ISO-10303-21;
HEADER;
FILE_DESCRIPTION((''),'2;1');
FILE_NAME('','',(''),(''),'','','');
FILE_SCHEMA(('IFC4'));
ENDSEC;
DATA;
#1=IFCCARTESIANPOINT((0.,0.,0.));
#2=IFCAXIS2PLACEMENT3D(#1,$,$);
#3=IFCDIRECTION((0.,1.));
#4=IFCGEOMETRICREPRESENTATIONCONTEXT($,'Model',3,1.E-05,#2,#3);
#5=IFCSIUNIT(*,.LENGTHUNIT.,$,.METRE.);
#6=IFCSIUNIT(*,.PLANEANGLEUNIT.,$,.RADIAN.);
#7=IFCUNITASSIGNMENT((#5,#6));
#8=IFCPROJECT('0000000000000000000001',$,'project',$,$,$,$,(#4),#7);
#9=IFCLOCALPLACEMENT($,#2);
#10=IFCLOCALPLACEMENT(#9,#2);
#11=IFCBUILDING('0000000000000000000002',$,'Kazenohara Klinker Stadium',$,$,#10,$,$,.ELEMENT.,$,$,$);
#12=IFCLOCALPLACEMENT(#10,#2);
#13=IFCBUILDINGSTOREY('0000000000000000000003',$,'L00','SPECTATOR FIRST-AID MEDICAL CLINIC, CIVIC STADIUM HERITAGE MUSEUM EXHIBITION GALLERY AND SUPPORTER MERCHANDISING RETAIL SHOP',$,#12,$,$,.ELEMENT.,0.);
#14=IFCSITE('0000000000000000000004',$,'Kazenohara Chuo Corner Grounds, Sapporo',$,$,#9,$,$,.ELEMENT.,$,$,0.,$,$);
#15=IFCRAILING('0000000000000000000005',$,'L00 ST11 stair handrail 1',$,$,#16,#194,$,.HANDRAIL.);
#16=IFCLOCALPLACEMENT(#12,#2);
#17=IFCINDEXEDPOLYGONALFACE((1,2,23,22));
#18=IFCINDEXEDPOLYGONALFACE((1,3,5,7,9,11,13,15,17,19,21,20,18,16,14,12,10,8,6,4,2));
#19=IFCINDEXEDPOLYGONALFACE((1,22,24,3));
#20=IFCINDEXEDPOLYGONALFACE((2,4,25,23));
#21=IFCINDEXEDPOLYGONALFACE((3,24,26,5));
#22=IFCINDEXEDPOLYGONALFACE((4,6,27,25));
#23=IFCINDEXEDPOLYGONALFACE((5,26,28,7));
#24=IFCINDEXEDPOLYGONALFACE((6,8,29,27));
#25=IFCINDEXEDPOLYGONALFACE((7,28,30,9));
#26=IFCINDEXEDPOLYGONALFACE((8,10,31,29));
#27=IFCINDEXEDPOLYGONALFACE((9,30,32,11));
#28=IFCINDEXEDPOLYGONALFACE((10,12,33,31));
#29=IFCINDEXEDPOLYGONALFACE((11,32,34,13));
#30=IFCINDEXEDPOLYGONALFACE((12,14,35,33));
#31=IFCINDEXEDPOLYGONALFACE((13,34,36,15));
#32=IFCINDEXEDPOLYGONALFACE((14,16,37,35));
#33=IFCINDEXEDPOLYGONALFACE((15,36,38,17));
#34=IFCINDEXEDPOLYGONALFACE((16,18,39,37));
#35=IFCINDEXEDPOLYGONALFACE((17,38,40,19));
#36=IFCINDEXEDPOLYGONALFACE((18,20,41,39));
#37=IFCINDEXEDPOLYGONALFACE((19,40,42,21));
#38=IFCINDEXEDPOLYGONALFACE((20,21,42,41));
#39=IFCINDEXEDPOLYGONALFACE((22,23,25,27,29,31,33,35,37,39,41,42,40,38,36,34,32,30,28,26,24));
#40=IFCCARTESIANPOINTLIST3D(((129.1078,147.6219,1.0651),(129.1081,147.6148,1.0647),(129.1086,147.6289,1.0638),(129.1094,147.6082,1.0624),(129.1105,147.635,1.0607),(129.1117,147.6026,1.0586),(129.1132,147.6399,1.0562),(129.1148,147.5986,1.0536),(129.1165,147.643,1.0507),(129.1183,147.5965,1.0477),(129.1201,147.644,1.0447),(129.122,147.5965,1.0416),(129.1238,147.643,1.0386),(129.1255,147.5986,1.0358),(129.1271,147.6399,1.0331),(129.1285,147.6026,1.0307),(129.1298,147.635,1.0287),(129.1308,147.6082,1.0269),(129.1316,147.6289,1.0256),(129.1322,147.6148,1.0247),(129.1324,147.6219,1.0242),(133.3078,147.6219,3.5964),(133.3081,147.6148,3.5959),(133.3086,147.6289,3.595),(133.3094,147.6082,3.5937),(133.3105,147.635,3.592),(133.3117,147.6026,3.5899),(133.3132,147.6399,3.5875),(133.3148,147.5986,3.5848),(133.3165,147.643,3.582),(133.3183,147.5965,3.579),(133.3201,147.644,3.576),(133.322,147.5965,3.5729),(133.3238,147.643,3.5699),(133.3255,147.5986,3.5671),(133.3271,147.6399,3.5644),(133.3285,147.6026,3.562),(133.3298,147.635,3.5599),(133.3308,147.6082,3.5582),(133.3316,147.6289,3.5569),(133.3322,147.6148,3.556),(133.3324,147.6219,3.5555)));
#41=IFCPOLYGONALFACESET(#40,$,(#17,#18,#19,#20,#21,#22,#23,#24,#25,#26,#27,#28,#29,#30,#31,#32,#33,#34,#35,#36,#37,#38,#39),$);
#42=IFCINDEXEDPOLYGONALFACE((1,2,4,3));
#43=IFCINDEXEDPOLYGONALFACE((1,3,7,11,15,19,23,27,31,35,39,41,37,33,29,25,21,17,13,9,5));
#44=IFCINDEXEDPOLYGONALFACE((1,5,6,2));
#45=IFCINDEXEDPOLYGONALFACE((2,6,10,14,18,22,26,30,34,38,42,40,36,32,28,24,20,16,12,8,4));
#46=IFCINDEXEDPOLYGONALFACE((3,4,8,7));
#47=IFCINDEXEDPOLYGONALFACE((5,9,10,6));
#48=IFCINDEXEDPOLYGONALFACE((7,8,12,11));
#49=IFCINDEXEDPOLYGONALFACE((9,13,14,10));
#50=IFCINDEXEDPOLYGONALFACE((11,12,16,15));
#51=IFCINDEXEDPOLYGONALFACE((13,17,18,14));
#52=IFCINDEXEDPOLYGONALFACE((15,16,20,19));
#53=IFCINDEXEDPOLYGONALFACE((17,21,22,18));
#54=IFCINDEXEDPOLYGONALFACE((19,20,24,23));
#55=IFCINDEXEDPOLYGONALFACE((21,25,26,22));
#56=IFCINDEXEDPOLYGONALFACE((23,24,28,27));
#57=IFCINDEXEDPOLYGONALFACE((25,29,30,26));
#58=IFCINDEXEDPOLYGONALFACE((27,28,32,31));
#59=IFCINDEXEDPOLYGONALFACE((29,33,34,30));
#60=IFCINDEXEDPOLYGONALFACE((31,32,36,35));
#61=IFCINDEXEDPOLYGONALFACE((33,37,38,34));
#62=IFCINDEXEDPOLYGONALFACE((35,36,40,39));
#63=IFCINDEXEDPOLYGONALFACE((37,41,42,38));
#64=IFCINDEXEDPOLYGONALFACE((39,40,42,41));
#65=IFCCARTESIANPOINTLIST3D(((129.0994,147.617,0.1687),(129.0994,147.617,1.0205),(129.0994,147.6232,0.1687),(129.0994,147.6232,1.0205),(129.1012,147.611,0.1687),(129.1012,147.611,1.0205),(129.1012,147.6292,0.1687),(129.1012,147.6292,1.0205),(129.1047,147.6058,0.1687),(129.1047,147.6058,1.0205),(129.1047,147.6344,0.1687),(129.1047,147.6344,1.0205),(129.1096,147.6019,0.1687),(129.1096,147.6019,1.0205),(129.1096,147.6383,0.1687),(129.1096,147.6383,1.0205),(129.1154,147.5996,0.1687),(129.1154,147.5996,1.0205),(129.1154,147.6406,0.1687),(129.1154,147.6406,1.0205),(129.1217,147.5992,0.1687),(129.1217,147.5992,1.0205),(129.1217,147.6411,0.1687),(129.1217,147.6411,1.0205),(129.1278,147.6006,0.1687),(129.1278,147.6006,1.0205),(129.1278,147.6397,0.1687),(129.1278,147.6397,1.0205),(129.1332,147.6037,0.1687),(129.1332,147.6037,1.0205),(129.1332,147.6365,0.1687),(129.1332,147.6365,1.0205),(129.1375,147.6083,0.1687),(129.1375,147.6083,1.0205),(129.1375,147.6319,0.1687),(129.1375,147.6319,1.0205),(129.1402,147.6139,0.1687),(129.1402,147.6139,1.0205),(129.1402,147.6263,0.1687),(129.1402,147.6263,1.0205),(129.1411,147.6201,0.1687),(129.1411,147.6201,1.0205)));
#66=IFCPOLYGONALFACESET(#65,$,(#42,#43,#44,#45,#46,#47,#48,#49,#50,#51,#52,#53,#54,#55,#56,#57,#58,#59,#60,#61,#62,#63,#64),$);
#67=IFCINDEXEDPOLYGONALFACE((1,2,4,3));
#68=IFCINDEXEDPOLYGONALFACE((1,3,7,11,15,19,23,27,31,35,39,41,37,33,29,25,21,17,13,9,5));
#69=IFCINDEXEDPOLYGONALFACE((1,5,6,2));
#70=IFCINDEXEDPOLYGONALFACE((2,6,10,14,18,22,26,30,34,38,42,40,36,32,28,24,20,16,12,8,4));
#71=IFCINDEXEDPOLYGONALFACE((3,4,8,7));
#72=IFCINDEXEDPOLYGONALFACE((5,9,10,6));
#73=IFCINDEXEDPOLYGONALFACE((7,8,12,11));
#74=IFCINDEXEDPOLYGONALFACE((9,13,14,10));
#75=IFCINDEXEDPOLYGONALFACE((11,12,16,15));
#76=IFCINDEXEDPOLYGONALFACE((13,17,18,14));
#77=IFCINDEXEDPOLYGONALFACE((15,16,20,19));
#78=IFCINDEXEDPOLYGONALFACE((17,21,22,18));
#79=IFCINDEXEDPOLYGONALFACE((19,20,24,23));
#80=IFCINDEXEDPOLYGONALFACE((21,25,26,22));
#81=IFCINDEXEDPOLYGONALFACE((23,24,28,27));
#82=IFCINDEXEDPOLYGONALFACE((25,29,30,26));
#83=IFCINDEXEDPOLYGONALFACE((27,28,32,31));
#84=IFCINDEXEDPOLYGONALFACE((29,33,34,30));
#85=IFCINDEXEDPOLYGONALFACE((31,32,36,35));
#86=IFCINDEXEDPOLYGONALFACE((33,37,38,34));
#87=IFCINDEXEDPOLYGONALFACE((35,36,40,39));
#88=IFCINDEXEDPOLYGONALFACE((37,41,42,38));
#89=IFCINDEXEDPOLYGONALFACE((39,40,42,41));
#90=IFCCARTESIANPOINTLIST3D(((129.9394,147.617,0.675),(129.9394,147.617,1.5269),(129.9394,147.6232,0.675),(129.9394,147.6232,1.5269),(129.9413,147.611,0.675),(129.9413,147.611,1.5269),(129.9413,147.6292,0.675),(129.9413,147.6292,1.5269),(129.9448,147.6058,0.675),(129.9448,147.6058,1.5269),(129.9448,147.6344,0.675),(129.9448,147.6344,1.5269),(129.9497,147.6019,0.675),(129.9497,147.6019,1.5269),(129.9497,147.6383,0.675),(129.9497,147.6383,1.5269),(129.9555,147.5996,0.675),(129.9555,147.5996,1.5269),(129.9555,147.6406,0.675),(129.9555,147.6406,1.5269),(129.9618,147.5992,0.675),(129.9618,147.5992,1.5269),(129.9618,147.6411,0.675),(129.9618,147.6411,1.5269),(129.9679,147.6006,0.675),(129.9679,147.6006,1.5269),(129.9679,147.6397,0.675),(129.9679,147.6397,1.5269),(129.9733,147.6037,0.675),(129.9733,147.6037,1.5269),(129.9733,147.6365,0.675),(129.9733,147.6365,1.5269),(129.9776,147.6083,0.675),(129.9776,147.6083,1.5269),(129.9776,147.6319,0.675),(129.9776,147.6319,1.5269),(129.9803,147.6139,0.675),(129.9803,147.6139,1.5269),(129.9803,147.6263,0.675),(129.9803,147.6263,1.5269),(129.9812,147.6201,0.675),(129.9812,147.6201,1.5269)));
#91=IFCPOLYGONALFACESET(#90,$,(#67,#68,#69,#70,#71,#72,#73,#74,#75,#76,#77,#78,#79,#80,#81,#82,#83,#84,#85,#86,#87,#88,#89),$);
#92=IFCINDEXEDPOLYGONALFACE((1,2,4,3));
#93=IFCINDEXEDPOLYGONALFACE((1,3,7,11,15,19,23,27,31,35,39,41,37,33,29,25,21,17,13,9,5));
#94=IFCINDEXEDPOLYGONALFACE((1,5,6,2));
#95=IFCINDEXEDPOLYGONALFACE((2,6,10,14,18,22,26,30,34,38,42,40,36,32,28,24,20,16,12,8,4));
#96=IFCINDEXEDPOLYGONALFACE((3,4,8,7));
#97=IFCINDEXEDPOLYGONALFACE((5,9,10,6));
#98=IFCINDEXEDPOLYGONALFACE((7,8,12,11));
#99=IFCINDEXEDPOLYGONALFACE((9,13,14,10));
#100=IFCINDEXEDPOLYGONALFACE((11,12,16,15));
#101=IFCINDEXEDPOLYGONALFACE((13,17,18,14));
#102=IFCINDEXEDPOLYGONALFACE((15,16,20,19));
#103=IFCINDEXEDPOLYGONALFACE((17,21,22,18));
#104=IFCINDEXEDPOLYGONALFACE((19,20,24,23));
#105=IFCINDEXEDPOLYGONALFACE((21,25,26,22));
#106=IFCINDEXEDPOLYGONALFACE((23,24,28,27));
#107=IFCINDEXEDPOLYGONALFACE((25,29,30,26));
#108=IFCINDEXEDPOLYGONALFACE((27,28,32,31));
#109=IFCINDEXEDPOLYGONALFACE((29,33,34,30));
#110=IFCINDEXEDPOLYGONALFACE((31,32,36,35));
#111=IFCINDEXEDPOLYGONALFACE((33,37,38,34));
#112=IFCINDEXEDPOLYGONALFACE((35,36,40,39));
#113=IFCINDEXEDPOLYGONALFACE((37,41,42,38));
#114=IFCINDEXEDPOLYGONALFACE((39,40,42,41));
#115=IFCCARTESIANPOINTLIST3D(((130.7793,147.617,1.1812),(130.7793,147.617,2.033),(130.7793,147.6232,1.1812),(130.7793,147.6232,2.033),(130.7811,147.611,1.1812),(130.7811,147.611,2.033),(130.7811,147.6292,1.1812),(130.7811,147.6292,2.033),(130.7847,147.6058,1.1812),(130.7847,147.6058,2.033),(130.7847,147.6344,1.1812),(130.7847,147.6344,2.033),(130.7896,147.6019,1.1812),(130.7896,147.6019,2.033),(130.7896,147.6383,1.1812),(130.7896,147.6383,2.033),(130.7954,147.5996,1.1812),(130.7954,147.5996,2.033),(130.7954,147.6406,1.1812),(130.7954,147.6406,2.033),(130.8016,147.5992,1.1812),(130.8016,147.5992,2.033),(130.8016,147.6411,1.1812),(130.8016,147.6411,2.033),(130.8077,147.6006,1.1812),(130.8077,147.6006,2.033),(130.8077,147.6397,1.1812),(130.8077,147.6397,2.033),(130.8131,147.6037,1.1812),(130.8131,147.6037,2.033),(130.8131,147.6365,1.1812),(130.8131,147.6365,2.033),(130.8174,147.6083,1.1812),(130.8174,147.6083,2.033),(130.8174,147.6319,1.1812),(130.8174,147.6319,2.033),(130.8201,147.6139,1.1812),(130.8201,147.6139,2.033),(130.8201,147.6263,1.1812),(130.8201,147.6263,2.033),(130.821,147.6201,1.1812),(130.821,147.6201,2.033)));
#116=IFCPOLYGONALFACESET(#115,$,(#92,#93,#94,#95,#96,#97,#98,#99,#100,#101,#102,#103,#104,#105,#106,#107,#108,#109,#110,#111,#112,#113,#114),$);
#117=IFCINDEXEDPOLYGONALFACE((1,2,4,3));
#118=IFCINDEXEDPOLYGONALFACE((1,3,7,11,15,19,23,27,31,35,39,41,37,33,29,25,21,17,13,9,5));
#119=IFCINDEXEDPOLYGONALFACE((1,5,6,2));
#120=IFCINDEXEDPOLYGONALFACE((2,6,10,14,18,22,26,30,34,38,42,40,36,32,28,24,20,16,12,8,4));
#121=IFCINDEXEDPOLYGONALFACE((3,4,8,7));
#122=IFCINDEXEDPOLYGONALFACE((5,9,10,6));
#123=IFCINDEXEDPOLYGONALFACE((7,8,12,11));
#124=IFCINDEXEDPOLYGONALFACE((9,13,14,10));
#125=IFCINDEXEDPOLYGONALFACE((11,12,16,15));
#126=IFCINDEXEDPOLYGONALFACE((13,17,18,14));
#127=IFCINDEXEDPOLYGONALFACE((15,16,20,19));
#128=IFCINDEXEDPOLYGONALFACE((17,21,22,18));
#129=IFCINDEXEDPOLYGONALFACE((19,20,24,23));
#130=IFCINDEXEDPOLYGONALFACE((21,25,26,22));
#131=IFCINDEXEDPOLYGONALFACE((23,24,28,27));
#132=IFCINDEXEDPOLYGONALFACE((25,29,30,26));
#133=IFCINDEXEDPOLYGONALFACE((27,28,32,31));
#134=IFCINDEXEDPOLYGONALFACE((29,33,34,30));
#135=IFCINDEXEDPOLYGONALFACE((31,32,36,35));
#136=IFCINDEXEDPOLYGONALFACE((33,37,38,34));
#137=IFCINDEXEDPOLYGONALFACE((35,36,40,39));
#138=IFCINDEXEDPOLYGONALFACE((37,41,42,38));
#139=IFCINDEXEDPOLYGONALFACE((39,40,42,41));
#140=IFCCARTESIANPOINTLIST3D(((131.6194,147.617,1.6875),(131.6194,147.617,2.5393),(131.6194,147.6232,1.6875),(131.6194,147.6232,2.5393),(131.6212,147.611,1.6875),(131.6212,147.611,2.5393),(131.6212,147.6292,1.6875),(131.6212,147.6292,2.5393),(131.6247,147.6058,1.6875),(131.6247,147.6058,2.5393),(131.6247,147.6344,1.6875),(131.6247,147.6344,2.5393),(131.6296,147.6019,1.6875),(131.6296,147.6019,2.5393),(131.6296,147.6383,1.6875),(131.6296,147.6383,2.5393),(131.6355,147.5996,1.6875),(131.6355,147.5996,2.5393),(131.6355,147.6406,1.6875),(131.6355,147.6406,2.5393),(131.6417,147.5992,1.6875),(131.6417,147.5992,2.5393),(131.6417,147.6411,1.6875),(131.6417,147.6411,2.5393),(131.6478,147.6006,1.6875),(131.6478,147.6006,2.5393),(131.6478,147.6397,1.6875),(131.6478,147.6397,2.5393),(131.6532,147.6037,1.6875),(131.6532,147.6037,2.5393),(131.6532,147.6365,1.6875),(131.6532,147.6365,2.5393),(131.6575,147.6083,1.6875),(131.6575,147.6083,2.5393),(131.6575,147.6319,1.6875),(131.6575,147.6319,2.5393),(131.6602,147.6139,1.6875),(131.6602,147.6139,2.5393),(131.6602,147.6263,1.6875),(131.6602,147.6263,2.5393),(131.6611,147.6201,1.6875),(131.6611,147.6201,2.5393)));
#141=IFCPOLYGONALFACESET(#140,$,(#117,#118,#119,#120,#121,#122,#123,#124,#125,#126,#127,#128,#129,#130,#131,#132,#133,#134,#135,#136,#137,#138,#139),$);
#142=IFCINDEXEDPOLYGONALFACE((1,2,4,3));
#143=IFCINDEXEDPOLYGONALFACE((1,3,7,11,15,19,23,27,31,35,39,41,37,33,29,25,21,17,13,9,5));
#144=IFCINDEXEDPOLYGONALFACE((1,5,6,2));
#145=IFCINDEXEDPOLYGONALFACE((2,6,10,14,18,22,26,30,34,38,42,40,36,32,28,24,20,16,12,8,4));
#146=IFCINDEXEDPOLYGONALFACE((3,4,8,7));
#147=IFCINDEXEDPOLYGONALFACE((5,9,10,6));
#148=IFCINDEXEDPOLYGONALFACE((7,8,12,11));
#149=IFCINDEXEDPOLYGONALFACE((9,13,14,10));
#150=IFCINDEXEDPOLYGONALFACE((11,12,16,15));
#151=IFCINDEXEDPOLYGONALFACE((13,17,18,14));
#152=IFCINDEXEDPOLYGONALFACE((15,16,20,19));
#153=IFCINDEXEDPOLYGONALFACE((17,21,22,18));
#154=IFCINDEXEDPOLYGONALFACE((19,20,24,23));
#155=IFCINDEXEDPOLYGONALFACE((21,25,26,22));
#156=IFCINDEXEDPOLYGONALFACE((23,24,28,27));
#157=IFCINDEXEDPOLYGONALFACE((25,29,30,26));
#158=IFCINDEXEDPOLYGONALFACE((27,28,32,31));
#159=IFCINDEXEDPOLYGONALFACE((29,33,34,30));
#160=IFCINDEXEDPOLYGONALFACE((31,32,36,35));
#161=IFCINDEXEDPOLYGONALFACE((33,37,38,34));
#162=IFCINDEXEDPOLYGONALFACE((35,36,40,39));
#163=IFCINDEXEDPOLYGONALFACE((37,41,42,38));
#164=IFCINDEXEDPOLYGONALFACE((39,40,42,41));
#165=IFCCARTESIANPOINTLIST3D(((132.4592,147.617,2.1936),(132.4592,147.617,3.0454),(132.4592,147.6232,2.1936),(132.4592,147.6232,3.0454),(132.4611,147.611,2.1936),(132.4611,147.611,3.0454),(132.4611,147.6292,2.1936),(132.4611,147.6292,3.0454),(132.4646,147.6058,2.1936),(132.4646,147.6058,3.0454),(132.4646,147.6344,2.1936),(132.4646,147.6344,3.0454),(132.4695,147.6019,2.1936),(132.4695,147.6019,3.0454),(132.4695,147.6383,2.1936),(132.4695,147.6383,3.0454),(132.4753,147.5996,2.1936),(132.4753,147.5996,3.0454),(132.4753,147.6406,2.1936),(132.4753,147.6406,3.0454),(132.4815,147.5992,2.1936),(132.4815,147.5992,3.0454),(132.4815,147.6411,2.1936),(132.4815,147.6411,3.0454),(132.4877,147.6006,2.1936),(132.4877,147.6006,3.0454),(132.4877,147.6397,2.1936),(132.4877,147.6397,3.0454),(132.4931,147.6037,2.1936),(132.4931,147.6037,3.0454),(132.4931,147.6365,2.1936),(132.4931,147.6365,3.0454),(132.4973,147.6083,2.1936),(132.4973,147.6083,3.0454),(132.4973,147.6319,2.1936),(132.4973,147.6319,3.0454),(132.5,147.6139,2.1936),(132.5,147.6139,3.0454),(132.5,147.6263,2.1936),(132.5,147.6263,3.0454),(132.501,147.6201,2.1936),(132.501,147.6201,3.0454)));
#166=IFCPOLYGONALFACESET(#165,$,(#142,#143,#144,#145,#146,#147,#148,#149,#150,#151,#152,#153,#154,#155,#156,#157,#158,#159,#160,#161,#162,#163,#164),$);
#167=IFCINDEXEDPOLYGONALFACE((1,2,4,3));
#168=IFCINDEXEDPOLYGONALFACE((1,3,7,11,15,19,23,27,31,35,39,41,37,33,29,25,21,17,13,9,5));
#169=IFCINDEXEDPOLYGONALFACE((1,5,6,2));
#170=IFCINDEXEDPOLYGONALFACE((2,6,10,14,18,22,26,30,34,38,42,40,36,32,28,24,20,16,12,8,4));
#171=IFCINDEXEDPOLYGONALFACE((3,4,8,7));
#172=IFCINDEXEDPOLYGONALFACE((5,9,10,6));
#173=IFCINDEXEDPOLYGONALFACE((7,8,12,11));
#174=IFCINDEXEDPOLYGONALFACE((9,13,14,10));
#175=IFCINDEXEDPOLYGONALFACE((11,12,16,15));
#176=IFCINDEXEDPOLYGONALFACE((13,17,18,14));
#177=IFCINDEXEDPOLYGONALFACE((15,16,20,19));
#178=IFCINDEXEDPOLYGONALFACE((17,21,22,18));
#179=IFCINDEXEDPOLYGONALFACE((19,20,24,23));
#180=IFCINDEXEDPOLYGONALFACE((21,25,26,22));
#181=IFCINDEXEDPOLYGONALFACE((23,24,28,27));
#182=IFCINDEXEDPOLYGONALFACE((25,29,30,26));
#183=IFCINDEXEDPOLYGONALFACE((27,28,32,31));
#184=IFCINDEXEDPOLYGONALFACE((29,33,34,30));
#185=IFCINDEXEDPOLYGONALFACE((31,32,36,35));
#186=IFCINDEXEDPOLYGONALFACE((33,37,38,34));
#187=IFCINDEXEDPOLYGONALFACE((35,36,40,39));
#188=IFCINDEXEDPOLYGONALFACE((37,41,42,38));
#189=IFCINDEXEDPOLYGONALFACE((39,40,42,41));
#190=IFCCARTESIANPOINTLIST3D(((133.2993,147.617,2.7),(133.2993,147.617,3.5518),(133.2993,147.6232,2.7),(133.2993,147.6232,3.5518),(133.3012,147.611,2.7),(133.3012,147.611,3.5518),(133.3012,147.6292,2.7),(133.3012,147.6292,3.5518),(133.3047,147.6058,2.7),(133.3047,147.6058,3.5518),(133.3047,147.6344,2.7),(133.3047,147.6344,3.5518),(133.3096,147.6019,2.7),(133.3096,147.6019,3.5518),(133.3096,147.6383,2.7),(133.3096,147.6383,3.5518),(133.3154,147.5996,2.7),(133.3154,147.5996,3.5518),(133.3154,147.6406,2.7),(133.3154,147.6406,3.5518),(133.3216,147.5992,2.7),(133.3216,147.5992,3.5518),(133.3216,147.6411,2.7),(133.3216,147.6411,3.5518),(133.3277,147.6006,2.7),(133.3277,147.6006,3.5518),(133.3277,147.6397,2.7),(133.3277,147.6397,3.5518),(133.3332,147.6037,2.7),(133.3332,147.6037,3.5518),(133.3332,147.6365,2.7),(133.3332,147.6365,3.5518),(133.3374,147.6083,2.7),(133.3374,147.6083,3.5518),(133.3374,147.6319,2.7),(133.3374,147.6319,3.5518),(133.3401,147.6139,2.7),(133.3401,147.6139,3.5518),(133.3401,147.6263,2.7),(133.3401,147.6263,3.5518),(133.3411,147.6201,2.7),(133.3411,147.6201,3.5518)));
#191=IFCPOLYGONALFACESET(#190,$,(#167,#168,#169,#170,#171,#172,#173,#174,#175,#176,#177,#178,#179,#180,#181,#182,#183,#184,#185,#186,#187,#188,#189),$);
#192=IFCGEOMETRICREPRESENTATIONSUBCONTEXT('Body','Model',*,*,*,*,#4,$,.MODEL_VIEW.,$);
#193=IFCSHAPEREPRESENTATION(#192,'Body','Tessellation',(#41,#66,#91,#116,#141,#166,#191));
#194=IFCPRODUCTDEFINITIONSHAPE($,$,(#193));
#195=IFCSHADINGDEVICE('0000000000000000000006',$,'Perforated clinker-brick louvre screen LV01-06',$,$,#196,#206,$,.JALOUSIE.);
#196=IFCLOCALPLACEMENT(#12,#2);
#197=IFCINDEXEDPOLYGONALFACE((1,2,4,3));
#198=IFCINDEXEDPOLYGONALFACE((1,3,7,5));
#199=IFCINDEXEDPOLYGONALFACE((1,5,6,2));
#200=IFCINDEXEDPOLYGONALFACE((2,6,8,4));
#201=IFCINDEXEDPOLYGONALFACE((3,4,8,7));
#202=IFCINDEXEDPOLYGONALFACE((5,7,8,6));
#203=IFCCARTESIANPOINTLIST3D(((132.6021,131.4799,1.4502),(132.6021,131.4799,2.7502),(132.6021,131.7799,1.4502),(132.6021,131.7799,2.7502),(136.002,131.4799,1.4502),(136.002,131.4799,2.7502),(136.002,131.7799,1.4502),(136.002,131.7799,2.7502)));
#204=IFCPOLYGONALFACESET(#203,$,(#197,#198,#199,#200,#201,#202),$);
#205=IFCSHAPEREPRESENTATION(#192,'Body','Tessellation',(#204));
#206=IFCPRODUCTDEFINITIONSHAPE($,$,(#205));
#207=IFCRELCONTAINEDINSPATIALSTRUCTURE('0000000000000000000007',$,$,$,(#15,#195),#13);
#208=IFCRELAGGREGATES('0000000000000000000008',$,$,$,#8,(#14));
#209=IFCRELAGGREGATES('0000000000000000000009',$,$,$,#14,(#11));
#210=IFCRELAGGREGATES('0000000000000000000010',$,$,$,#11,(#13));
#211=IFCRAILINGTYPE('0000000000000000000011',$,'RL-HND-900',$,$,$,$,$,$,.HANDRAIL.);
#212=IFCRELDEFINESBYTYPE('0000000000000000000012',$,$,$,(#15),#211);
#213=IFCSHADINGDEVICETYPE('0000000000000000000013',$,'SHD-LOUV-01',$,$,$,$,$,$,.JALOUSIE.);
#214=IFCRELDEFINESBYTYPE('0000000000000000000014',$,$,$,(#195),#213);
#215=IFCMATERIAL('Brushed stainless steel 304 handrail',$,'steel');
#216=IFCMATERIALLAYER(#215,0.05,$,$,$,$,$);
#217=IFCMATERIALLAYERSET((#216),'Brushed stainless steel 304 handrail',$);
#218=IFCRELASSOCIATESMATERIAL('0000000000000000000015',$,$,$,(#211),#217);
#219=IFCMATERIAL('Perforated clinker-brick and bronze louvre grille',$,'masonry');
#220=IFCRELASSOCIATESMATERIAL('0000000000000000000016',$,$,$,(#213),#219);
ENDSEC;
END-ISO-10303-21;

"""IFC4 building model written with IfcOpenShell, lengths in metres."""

from ifc_helpers import new_model, si_unit, direction, frame, origin, origin_2d, place, context, subcontext, project, spatial, rectangle, circle, extrude, material, layer, layer_set, type_object, element, save


model = new_model("IFC4")

# Units and contexts
model_context = context("Model", 3, precision=1e-05, world=origin(), true_north=direction((0.0, 1.0)))
body_context = subcontext(model_context, "Body", "Model", "MODEL_VIEW")
ifc_project = project(units=[si_unit("LENGTHUNIT", "METRE"), si_unit("PLANEANGLEUNIT", "RADIAN")], contexts=[model_context])

# Site, building, storey
site_placement = place(None, origin())
site = spatial("IfcSite", under=ifc_project, at=site_placement, Name="Kazenohara Chuo Corner Grounds, Sapporo", CompositionType="ELEMENT", RefElevation=0.0)
building_placement = place(site_placement, origin())
building = spatial("IfcBuilding", under=site, at=building_placement, Name="Kazenohara Klinker Stadium", CompositionType="ELEMENT")
storey_placement = place(building_placement, origin())
storey = spatial("IfcBuildingStorey", under=building, at=storey_placement, Name="L00", Description="SPECTATOR FIRST-AID MEDICAL CLINIC, CIVIC STADIUM HERITAGE MUSEUM EXHIBITION GALLERY AND SUPPORTER MERCHANDISING RETAIL SHOP", CompositionType="ELEMENT", Elevation=0.0)

# Railing
ifc_material_1 = material(Name="Brushed stainless steel 304 handrail", Category="steel")
ifc_layer_1 = layer(ifc_material_1, 0.05)
ifc_layer_set_1 = layer_set([ifc_layer_1], Name="Brushed stainless steel 304 handrail")
railing_type = type_object("IfcRailingType", Name="RL-HND-900", PredefinedType="HANDRAIL", material=ifc_layer_set_1)
railing_placement = place(storey_placement, frame((129.1201, 147.6201, 0.1687)))
element("IfcRailing", 1, at=railing_placement, inside=storey, type_object=railing_type, Name="L00 ST11 stair handrail 1", PredefinedType="HANDRAIL", context=body_context, shape_type="SweptSolid", body=[
    extrude(circle(Radius=0.0239, at=origin_2d()), frame((0.0, 0.0, 0.876), z_axis=(0.856476, 0.0, 0.516186), x_axis=(0.0, 1.0, 0.0)), (0.0, 0.0, 1.0), 4.9038),
    extrude(circle(Radius=0.021, at=origin_2d()), origin(), (0.0, 0.0, 1.0), 0.8518),
    extrude(circle(Radius=0.021, at=origin_2d()), frame((0.8401, 0.0, 0.5063)), (0.0, 0.0, 1.0), 0.8518),
    extrude(circle(Radius=0.021, at=origin_2d()), frame((1.6799, 0.0, 1.0125)), (0.0, 0.0, 1.0), 0.8518),
    extrude(circle(Radius=0.021, at=origin_2d()), frame((2.52, 0.0, 1.5188)), (0.0, 0.0, 1.0), 0.8518),
    extrude(circle(Radius=0.021, at=origin_2d()), frame((3.3599, 0.0, 2.0249)), (0.0, 0.0, 1.0), 0.8518),
    extrude(circle(Radius=0.021, at=origin_2d()), frame((4.2, 0.0, 2.5312)), (0.0, 0.0, 1.0), 0.8518),
])

# Shading device
ifc_material_2 = material(Name="Perforated clinker-brick and bronze louvre grille", Category="masonry")
shading_device_type = type_object("IfcShadingDeviceType", Name="SHD-LOUV-01", PredefinedType="JALOUSIE", material=ifc_material_2)
shading_device_placement = place(storey_placement, frame((134.302, 131.6299, 1.4502), z_axis=(0.0, 0.0, 1.0), x_axis=(1.0, 0.0, 0.0)))
element("IfcShadingDevice", 2, at=shading_device_placement, inside=storey, type_object=shading_device_type, Name="Perforated clinker-brick louvre screen LV01-06", PredefinedType="JALOUSIE", context=body_context, shape_type="SweptSolid", body=[
    extrude(rectangle(XDim=3.3999, YDim=0.3, at=origin_2d()), origin(), (0.0, 0.0, 1.0), 1.3),
])

save(model, "model.ifc")
